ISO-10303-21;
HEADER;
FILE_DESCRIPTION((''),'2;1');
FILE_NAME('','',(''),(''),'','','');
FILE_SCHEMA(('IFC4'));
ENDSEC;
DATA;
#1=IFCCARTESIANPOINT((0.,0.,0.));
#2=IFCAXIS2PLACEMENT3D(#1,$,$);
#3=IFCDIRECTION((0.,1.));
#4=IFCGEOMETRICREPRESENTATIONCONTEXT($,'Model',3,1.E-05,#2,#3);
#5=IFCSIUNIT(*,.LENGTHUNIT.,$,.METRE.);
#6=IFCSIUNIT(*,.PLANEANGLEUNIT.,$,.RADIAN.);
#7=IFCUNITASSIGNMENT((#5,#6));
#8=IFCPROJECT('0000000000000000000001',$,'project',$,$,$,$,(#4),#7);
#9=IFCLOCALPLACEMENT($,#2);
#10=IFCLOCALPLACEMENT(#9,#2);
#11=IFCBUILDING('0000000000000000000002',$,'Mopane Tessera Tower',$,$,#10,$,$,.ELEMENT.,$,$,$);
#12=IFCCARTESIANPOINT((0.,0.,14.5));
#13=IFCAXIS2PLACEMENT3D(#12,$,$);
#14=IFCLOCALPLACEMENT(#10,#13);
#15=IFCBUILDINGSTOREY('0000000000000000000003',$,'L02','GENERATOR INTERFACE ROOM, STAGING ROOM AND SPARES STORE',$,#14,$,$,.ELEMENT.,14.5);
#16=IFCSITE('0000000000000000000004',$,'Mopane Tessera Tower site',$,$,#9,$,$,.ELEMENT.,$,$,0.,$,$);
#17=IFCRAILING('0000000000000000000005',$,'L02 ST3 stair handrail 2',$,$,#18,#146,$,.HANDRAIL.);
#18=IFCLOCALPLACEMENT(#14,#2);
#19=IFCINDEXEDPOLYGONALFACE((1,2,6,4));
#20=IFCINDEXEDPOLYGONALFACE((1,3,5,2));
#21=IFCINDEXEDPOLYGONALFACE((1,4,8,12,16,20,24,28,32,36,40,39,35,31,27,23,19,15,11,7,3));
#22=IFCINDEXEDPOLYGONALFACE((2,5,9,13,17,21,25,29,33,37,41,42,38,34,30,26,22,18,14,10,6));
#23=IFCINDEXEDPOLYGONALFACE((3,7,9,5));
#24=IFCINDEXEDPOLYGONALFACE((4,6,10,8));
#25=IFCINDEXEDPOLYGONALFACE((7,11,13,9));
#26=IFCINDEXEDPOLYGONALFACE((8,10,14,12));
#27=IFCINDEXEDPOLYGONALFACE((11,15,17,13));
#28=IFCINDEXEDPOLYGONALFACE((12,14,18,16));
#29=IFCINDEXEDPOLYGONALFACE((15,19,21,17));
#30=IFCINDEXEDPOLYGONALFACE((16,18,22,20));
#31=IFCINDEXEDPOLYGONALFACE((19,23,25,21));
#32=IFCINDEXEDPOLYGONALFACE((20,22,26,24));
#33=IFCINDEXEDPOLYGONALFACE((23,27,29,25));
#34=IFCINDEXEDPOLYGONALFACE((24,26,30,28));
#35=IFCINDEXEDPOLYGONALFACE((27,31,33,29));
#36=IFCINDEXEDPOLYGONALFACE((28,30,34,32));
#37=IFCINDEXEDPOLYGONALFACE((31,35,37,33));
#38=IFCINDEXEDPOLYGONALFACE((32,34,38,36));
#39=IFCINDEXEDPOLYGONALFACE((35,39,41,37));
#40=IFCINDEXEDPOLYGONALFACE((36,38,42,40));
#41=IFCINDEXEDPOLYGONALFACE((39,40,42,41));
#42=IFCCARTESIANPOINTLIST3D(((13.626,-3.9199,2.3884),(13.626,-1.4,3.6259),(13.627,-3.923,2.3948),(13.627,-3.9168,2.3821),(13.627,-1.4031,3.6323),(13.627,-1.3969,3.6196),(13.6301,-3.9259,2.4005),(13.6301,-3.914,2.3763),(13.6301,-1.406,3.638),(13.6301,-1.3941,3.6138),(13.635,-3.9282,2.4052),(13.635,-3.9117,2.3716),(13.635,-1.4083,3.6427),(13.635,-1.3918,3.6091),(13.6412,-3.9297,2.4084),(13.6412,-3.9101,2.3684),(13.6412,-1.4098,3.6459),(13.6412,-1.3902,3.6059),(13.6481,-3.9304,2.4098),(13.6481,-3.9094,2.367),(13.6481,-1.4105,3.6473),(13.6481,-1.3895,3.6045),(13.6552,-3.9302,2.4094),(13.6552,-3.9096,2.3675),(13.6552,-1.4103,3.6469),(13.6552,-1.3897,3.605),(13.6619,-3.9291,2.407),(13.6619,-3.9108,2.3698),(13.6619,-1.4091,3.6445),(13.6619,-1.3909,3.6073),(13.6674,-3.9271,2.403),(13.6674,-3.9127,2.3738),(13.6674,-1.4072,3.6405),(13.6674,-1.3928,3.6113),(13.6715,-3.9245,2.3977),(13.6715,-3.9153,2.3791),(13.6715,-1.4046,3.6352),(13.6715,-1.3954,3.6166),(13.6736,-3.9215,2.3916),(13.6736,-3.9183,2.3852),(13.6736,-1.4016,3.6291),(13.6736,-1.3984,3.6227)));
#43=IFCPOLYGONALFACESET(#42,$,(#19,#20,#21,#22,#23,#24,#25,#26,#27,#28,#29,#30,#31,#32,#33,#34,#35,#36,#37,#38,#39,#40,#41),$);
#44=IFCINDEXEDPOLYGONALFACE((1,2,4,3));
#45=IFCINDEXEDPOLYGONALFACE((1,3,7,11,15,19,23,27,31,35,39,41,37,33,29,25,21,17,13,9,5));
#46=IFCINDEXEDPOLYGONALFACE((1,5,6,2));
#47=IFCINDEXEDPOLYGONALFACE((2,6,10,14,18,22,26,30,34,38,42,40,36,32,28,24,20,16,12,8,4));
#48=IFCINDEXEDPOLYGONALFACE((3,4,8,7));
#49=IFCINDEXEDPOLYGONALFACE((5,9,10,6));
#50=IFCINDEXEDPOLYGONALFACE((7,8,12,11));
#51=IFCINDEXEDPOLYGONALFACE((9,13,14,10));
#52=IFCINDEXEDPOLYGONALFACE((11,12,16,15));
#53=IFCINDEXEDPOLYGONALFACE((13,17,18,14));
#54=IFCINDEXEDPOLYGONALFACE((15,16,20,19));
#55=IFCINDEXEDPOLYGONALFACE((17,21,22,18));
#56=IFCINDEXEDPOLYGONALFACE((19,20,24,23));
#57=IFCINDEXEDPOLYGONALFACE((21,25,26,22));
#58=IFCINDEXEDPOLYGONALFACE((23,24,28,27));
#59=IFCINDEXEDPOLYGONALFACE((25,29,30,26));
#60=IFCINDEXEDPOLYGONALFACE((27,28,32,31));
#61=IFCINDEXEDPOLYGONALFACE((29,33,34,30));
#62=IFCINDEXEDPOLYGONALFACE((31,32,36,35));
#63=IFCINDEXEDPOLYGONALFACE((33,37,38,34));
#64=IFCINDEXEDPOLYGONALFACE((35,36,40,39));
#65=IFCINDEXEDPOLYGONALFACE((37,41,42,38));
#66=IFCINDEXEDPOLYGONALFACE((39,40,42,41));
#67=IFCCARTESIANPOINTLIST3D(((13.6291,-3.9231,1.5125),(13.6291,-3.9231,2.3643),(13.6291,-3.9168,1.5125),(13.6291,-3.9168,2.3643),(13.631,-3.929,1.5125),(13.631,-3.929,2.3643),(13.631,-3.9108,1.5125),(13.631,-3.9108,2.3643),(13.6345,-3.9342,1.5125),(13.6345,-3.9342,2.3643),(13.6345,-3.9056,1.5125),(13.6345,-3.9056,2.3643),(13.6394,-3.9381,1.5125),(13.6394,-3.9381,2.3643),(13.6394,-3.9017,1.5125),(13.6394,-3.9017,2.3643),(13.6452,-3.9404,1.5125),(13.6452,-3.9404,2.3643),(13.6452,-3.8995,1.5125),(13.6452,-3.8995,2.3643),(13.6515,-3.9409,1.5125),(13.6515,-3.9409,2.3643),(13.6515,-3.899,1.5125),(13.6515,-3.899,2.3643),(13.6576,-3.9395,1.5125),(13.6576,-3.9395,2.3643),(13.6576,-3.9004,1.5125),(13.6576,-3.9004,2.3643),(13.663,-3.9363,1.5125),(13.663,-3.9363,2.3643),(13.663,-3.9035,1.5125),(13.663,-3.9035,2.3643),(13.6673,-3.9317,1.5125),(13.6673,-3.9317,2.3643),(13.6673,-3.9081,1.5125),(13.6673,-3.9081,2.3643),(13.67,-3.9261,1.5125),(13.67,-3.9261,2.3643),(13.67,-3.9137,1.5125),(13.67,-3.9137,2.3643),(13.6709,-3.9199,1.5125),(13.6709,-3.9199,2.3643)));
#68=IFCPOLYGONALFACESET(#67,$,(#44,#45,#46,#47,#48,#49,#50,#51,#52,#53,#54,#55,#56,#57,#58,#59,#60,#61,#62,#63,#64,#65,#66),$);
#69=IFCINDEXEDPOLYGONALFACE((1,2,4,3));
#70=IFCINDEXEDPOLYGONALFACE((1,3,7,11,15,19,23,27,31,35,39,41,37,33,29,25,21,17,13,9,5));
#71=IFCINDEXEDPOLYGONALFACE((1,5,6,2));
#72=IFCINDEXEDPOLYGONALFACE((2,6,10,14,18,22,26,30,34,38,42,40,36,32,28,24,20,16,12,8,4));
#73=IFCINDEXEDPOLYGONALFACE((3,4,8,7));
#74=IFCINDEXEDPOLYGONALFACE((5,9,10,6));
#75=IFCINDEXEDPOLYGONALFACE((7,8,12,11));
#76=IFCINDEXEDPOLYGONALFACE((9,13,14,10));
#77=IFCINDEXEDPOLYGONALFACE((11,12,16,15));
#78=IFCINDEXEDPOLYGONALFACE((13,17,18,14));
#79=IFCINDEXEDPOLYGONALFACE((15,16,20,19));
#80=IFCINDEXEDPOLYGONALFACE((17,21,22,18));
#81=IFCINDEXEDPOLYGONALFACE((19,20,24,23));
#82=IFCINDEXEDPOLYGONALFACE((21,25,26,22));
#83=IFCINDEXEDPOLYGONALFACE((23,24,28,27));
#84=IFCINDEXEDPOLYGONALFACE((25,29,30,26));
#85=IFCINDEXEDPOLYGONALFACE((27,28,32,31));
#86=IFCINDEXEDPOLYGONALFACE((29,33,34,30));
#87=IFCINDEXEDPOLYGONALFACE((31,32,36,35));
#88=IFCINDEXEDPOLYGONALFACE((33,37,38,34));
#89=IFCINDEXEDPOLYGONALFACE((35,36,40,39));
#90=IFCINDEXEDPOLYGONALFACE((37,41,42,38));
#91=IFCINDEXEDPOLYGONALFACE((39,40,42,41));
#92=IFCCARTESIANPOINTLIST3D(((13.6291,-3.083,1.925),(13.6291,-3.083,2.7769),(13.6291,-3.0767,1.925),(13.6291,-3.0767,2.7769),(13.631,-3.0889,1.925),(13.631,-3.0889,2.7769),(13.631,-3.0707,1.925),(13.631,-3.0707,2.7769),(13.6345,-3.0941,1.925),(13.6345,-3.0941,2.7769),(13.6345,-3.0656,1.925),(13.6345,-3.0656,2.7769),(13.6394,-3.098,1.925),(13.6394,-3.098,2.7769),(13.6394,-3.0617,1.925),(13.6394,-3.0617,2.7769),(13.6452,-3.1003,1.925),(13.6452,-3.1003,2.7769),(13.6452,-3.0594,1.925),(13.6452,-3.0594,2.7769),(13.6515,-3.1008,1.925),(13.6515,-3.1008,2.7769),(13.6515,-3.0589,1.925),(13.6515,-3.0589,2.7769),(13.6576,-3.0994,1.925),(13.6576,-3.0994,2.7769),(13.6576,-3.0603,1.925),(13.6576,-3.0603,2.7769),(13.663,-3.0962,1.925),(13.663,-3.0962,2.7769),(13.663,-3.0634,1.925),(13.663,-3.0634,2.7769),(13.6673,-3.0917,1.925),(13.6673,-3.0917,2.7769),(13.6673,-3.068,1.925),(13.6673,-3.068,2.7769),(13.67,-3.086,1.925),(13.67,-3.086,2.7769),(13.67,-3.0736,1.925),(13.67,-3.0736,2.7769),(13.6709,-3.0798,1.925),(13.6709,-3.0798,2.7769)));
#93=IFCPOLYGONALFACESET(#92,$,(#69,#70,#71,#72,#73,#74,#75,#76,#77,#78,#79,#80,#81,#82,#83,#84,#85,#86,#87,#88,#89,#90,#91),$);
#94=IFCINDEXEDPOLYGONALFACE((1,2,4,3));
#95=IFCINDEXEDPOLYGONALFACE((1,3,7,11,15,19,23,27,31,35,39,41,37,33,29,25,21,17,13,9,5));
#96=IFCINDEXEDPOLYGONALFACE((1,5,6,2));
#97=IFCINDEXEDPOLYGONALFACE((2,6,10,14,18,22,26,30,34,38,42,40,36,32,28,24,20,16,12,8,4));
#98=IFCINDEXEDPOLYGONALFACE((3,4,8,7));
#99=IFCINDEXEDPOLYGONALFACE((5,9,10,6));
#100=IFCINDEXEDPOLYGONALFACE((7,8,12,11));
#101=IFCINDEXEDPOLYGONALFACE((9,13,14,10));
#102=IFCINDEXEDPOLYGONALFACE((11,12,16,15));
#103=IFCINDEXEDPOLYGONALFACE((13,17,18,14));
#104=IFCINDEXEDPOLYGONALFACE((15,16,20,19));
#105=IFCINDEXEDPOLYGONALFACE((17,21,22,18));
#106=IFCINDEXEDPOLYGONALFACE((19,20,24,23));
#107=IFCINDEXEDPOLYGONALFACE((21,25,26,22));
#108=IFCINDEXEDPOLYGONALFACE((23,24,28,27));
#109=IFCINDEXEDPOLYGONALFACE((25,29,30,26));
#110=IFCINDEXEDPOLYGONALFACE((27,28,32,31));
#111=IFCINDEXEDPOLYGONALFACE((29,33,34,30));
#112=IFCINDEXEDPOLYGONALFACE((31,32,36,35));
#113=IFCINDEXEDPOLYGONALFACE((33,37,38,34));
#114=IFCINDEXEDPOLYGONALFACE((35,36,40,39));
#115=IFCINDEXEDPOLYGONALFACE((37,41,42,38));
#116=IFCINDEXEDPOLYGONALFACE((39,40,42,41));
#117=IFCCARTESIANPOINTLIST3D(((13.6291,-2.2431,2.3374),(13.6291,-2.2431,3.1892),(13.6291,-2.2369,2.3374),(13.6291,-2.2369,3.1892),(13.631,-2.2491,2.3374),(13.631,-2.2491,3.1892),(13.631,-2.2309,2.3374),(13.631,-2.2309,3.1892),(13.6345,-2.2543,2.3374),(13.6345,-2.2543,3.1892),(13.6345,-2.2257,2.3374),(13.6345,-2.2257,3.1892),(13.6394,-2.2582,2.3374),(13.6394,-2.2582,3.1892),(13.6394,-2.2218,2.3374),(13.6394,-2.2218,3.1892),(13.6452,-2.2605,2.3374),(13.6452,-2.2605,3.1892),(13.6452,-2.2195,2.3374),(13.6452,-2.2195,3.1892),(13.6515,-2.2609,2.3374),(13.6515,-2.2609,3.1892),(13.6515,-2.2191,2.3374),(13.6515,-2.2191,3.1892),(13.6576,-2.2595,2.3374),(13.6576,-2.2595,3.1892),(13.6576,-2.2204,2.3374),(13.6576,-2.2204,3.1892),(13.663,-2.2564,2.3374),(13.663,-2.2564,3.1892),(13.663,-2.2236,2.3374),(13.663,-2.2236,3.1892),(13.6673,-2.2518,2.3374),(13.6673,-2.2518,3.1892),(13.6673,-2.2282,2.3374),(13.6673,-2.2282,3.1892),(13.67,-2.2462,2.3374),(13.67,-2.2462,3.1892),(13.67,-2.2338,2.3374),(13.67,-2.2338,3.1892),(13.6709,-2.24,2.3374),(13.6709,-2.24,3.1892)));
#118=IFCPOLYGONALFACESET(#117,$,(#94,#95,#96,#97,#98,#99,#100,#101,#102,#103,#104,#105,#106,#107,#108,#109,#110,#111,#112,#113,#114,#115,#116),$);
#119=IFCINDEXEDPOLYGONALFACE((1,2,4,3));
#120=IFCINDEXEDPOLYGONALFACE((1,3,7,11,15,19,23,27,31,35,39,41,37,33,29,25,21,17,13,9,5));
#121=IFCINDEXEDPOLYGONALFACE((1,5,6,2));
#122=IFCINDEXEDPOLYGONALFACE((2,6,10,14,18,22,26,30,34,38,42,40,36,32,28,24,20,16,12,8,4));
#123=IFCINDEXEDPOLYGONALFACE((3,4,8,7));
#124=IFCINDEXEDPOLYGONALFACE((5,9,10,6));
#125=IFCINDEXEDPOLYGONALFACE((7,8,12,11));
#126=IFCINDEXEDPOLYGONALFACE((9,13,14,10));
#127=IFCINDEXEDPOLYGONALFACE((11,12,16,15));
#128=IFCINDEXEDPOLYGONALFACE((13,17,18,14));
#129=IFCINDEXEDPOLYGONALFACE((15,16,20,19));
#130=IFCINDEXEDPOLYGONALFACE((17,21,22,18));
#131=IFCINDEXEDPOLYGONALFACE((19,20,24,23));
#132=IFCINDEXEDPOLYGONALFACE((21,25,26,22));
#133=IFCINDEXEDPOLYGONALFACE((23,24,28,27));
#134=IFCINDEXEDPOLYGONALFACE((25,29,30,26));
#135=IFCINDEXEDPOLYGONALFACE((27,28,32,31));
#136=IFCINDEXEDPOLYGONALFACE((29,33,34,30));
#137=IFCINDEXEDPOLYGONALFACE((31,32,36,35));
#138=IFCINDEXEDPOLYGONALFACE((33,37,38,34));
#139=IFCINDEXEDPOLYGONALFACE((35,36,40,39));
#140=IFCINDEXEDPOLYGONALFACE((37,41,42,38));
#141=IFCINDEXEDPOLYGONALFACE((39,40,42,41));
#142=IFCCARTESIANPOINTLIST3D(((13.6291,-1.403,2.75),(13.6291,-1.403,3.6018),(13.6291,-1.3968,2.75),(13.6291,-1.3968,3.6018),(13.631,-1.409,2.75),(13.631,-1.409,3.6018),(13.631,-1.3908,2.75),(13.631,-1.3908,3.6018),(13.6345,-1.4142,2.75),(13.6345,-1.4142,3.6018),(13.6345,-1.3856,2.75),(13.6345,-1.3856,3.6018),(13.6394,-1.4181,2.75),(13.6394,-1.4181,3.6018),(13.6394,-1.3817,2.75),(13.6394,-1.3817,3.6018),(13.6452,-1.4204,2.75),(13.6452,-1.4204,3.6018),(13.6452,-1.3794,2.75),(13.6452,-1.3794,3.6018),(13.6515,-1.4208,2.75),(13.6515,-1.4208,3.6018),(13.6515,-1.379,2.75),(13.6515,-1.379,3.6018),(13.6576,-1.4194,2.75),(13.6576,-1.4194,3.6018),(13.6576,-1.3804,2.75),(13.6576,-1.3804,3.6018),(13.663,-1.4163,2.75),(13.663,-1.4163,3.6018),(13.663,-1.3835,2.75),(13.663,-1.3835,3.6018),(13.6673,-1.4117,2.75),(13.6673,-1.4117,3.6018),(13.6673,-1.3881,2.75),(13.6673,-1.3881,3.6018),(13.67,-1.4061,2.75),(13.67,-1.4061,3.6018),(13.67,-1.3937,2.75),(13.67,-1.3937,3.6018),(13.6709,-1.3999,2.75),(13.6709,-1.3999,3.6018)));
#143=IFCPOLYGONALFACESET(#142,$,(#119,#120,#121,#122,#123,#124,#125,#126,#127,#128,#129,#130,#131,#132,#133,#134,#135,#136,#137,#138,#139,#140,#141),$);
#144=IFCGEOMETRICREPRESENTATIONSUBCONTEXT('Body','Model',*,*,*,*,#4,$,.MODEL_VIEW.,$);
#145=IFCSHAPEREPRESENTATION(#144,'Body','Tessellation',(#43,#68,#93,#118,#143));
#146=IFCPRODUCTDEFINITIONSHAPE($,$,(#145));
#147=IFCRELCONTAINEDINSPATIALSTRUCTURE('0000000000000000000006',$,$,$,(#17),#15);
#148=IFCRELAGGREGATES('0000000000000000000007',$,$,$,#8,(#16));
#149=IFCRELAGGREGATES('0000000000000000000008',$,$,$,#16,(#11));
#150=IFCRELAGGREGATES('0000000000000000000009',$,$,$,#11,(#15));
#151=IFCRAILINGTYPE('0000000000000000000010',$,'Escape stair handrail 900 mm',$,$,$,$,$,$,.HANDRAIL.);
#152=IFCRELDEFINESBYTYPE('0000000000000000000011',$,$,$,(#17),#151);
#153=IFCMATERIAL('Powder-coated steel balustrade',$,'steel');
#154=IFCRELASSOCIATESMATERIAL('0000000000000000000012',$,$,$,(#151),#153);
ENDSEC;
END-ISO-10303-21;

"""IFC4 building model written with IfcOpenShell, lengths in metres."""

from ifc_helpers import new_model, si_unit, direction, frame, origin, origin_2d, place, context, subcontext, project, spatial, circle, extrude, material, type_object, element, save


model = new_model("IFC4")

# Units and contexts
model_context = context("Model", 3, precision=1e-05, world=origin(), true_north=direction((0.0, 1.0)))
body_context = subcontext(model_context, "Body", "Model", "MODEL_VIEW")
ifc_project = project(units=[si_unit("LENGTHUNIT", "METRE"), si_unit("PLANEANGLEUNIT", "RADIAN")], contexts=[model_context])

# Site, building, storey
site_placement = place(None, origin())
site = spatial("IfcSite", under=ifc_project, at=site_placement, Name="Mopane Tessera Tower site", CompositionType="ELEMENT", RefElevation=0.0)
building_placement = place(site_placement, origin())
building = spatial("IfcBuilding", under=site, at=building_placement, Name="Mopane Tessera Tower", CompositionType="ELEMENT")
storey_placement = place(building_placement, frame((0.0, 0.0, 14.5)))
storey = spatial("IfcBuildingStorey", under=building, at=storey_placement, Name="L02", Description="GENERATOR INTERFACE ROOM, STAGING ROOM AND SPARES STORE", CompositionType="ELEMENT", Elevation=14.5)

# Railing
ifc_material_1 = material(Name="Powder-coated steel balustrade", Category="steel")
railing_type_1 = type_object("IfcRailingType", Name="Escape stair handrail 900 mm", PredefinedType="HANDRAIL", material=ifc_material_1)
railing_1_placement = place(storey_placement, frame((13.6499, -3.9199, 1.5125)))
element("IfcRailing", 1, at=railing_1_placement, inside=storey, type_object=railing_type_1, Name="L02 ST3 stair handrail 2", PredefinedType="HANDRAIL", context=body_context, shape_type="SweptSolid", body=[
    extrude(circle(Radius=0.0239, at=origin_2d()), frame((0.0, 0.0, 0.876), z_axis=(0.0, 0.897604, 0.440802), x_axis=(-1.0, 0.0, 0.0)), (0.0, 0.0, 1.0), 2.8074),
    extrude(circle(Radius=0.021, at=origin_2d()), origin(), (0.0, 0.0, 1.0), 0.8518),
    extrude(circle(Radius=0.021, at=origin_2d()), frame((0.0, 0.8401, 0.4126)), (0.0, 0.0, 1.0), 0.8518),
    extrude(circle(Radius=0.021, at=origin_2d()), frame((0.0, 1.6799, 0.825)), (0.0, 0.0, 1.0), 0.8518),
    extrude(circle(Radius=0.021, at=origin_2d()), frame((0.0, 2.52, 1.2375)), (0.0, 0.0, 1.0), 0.8518),
])

save(model, "model.ifc")
